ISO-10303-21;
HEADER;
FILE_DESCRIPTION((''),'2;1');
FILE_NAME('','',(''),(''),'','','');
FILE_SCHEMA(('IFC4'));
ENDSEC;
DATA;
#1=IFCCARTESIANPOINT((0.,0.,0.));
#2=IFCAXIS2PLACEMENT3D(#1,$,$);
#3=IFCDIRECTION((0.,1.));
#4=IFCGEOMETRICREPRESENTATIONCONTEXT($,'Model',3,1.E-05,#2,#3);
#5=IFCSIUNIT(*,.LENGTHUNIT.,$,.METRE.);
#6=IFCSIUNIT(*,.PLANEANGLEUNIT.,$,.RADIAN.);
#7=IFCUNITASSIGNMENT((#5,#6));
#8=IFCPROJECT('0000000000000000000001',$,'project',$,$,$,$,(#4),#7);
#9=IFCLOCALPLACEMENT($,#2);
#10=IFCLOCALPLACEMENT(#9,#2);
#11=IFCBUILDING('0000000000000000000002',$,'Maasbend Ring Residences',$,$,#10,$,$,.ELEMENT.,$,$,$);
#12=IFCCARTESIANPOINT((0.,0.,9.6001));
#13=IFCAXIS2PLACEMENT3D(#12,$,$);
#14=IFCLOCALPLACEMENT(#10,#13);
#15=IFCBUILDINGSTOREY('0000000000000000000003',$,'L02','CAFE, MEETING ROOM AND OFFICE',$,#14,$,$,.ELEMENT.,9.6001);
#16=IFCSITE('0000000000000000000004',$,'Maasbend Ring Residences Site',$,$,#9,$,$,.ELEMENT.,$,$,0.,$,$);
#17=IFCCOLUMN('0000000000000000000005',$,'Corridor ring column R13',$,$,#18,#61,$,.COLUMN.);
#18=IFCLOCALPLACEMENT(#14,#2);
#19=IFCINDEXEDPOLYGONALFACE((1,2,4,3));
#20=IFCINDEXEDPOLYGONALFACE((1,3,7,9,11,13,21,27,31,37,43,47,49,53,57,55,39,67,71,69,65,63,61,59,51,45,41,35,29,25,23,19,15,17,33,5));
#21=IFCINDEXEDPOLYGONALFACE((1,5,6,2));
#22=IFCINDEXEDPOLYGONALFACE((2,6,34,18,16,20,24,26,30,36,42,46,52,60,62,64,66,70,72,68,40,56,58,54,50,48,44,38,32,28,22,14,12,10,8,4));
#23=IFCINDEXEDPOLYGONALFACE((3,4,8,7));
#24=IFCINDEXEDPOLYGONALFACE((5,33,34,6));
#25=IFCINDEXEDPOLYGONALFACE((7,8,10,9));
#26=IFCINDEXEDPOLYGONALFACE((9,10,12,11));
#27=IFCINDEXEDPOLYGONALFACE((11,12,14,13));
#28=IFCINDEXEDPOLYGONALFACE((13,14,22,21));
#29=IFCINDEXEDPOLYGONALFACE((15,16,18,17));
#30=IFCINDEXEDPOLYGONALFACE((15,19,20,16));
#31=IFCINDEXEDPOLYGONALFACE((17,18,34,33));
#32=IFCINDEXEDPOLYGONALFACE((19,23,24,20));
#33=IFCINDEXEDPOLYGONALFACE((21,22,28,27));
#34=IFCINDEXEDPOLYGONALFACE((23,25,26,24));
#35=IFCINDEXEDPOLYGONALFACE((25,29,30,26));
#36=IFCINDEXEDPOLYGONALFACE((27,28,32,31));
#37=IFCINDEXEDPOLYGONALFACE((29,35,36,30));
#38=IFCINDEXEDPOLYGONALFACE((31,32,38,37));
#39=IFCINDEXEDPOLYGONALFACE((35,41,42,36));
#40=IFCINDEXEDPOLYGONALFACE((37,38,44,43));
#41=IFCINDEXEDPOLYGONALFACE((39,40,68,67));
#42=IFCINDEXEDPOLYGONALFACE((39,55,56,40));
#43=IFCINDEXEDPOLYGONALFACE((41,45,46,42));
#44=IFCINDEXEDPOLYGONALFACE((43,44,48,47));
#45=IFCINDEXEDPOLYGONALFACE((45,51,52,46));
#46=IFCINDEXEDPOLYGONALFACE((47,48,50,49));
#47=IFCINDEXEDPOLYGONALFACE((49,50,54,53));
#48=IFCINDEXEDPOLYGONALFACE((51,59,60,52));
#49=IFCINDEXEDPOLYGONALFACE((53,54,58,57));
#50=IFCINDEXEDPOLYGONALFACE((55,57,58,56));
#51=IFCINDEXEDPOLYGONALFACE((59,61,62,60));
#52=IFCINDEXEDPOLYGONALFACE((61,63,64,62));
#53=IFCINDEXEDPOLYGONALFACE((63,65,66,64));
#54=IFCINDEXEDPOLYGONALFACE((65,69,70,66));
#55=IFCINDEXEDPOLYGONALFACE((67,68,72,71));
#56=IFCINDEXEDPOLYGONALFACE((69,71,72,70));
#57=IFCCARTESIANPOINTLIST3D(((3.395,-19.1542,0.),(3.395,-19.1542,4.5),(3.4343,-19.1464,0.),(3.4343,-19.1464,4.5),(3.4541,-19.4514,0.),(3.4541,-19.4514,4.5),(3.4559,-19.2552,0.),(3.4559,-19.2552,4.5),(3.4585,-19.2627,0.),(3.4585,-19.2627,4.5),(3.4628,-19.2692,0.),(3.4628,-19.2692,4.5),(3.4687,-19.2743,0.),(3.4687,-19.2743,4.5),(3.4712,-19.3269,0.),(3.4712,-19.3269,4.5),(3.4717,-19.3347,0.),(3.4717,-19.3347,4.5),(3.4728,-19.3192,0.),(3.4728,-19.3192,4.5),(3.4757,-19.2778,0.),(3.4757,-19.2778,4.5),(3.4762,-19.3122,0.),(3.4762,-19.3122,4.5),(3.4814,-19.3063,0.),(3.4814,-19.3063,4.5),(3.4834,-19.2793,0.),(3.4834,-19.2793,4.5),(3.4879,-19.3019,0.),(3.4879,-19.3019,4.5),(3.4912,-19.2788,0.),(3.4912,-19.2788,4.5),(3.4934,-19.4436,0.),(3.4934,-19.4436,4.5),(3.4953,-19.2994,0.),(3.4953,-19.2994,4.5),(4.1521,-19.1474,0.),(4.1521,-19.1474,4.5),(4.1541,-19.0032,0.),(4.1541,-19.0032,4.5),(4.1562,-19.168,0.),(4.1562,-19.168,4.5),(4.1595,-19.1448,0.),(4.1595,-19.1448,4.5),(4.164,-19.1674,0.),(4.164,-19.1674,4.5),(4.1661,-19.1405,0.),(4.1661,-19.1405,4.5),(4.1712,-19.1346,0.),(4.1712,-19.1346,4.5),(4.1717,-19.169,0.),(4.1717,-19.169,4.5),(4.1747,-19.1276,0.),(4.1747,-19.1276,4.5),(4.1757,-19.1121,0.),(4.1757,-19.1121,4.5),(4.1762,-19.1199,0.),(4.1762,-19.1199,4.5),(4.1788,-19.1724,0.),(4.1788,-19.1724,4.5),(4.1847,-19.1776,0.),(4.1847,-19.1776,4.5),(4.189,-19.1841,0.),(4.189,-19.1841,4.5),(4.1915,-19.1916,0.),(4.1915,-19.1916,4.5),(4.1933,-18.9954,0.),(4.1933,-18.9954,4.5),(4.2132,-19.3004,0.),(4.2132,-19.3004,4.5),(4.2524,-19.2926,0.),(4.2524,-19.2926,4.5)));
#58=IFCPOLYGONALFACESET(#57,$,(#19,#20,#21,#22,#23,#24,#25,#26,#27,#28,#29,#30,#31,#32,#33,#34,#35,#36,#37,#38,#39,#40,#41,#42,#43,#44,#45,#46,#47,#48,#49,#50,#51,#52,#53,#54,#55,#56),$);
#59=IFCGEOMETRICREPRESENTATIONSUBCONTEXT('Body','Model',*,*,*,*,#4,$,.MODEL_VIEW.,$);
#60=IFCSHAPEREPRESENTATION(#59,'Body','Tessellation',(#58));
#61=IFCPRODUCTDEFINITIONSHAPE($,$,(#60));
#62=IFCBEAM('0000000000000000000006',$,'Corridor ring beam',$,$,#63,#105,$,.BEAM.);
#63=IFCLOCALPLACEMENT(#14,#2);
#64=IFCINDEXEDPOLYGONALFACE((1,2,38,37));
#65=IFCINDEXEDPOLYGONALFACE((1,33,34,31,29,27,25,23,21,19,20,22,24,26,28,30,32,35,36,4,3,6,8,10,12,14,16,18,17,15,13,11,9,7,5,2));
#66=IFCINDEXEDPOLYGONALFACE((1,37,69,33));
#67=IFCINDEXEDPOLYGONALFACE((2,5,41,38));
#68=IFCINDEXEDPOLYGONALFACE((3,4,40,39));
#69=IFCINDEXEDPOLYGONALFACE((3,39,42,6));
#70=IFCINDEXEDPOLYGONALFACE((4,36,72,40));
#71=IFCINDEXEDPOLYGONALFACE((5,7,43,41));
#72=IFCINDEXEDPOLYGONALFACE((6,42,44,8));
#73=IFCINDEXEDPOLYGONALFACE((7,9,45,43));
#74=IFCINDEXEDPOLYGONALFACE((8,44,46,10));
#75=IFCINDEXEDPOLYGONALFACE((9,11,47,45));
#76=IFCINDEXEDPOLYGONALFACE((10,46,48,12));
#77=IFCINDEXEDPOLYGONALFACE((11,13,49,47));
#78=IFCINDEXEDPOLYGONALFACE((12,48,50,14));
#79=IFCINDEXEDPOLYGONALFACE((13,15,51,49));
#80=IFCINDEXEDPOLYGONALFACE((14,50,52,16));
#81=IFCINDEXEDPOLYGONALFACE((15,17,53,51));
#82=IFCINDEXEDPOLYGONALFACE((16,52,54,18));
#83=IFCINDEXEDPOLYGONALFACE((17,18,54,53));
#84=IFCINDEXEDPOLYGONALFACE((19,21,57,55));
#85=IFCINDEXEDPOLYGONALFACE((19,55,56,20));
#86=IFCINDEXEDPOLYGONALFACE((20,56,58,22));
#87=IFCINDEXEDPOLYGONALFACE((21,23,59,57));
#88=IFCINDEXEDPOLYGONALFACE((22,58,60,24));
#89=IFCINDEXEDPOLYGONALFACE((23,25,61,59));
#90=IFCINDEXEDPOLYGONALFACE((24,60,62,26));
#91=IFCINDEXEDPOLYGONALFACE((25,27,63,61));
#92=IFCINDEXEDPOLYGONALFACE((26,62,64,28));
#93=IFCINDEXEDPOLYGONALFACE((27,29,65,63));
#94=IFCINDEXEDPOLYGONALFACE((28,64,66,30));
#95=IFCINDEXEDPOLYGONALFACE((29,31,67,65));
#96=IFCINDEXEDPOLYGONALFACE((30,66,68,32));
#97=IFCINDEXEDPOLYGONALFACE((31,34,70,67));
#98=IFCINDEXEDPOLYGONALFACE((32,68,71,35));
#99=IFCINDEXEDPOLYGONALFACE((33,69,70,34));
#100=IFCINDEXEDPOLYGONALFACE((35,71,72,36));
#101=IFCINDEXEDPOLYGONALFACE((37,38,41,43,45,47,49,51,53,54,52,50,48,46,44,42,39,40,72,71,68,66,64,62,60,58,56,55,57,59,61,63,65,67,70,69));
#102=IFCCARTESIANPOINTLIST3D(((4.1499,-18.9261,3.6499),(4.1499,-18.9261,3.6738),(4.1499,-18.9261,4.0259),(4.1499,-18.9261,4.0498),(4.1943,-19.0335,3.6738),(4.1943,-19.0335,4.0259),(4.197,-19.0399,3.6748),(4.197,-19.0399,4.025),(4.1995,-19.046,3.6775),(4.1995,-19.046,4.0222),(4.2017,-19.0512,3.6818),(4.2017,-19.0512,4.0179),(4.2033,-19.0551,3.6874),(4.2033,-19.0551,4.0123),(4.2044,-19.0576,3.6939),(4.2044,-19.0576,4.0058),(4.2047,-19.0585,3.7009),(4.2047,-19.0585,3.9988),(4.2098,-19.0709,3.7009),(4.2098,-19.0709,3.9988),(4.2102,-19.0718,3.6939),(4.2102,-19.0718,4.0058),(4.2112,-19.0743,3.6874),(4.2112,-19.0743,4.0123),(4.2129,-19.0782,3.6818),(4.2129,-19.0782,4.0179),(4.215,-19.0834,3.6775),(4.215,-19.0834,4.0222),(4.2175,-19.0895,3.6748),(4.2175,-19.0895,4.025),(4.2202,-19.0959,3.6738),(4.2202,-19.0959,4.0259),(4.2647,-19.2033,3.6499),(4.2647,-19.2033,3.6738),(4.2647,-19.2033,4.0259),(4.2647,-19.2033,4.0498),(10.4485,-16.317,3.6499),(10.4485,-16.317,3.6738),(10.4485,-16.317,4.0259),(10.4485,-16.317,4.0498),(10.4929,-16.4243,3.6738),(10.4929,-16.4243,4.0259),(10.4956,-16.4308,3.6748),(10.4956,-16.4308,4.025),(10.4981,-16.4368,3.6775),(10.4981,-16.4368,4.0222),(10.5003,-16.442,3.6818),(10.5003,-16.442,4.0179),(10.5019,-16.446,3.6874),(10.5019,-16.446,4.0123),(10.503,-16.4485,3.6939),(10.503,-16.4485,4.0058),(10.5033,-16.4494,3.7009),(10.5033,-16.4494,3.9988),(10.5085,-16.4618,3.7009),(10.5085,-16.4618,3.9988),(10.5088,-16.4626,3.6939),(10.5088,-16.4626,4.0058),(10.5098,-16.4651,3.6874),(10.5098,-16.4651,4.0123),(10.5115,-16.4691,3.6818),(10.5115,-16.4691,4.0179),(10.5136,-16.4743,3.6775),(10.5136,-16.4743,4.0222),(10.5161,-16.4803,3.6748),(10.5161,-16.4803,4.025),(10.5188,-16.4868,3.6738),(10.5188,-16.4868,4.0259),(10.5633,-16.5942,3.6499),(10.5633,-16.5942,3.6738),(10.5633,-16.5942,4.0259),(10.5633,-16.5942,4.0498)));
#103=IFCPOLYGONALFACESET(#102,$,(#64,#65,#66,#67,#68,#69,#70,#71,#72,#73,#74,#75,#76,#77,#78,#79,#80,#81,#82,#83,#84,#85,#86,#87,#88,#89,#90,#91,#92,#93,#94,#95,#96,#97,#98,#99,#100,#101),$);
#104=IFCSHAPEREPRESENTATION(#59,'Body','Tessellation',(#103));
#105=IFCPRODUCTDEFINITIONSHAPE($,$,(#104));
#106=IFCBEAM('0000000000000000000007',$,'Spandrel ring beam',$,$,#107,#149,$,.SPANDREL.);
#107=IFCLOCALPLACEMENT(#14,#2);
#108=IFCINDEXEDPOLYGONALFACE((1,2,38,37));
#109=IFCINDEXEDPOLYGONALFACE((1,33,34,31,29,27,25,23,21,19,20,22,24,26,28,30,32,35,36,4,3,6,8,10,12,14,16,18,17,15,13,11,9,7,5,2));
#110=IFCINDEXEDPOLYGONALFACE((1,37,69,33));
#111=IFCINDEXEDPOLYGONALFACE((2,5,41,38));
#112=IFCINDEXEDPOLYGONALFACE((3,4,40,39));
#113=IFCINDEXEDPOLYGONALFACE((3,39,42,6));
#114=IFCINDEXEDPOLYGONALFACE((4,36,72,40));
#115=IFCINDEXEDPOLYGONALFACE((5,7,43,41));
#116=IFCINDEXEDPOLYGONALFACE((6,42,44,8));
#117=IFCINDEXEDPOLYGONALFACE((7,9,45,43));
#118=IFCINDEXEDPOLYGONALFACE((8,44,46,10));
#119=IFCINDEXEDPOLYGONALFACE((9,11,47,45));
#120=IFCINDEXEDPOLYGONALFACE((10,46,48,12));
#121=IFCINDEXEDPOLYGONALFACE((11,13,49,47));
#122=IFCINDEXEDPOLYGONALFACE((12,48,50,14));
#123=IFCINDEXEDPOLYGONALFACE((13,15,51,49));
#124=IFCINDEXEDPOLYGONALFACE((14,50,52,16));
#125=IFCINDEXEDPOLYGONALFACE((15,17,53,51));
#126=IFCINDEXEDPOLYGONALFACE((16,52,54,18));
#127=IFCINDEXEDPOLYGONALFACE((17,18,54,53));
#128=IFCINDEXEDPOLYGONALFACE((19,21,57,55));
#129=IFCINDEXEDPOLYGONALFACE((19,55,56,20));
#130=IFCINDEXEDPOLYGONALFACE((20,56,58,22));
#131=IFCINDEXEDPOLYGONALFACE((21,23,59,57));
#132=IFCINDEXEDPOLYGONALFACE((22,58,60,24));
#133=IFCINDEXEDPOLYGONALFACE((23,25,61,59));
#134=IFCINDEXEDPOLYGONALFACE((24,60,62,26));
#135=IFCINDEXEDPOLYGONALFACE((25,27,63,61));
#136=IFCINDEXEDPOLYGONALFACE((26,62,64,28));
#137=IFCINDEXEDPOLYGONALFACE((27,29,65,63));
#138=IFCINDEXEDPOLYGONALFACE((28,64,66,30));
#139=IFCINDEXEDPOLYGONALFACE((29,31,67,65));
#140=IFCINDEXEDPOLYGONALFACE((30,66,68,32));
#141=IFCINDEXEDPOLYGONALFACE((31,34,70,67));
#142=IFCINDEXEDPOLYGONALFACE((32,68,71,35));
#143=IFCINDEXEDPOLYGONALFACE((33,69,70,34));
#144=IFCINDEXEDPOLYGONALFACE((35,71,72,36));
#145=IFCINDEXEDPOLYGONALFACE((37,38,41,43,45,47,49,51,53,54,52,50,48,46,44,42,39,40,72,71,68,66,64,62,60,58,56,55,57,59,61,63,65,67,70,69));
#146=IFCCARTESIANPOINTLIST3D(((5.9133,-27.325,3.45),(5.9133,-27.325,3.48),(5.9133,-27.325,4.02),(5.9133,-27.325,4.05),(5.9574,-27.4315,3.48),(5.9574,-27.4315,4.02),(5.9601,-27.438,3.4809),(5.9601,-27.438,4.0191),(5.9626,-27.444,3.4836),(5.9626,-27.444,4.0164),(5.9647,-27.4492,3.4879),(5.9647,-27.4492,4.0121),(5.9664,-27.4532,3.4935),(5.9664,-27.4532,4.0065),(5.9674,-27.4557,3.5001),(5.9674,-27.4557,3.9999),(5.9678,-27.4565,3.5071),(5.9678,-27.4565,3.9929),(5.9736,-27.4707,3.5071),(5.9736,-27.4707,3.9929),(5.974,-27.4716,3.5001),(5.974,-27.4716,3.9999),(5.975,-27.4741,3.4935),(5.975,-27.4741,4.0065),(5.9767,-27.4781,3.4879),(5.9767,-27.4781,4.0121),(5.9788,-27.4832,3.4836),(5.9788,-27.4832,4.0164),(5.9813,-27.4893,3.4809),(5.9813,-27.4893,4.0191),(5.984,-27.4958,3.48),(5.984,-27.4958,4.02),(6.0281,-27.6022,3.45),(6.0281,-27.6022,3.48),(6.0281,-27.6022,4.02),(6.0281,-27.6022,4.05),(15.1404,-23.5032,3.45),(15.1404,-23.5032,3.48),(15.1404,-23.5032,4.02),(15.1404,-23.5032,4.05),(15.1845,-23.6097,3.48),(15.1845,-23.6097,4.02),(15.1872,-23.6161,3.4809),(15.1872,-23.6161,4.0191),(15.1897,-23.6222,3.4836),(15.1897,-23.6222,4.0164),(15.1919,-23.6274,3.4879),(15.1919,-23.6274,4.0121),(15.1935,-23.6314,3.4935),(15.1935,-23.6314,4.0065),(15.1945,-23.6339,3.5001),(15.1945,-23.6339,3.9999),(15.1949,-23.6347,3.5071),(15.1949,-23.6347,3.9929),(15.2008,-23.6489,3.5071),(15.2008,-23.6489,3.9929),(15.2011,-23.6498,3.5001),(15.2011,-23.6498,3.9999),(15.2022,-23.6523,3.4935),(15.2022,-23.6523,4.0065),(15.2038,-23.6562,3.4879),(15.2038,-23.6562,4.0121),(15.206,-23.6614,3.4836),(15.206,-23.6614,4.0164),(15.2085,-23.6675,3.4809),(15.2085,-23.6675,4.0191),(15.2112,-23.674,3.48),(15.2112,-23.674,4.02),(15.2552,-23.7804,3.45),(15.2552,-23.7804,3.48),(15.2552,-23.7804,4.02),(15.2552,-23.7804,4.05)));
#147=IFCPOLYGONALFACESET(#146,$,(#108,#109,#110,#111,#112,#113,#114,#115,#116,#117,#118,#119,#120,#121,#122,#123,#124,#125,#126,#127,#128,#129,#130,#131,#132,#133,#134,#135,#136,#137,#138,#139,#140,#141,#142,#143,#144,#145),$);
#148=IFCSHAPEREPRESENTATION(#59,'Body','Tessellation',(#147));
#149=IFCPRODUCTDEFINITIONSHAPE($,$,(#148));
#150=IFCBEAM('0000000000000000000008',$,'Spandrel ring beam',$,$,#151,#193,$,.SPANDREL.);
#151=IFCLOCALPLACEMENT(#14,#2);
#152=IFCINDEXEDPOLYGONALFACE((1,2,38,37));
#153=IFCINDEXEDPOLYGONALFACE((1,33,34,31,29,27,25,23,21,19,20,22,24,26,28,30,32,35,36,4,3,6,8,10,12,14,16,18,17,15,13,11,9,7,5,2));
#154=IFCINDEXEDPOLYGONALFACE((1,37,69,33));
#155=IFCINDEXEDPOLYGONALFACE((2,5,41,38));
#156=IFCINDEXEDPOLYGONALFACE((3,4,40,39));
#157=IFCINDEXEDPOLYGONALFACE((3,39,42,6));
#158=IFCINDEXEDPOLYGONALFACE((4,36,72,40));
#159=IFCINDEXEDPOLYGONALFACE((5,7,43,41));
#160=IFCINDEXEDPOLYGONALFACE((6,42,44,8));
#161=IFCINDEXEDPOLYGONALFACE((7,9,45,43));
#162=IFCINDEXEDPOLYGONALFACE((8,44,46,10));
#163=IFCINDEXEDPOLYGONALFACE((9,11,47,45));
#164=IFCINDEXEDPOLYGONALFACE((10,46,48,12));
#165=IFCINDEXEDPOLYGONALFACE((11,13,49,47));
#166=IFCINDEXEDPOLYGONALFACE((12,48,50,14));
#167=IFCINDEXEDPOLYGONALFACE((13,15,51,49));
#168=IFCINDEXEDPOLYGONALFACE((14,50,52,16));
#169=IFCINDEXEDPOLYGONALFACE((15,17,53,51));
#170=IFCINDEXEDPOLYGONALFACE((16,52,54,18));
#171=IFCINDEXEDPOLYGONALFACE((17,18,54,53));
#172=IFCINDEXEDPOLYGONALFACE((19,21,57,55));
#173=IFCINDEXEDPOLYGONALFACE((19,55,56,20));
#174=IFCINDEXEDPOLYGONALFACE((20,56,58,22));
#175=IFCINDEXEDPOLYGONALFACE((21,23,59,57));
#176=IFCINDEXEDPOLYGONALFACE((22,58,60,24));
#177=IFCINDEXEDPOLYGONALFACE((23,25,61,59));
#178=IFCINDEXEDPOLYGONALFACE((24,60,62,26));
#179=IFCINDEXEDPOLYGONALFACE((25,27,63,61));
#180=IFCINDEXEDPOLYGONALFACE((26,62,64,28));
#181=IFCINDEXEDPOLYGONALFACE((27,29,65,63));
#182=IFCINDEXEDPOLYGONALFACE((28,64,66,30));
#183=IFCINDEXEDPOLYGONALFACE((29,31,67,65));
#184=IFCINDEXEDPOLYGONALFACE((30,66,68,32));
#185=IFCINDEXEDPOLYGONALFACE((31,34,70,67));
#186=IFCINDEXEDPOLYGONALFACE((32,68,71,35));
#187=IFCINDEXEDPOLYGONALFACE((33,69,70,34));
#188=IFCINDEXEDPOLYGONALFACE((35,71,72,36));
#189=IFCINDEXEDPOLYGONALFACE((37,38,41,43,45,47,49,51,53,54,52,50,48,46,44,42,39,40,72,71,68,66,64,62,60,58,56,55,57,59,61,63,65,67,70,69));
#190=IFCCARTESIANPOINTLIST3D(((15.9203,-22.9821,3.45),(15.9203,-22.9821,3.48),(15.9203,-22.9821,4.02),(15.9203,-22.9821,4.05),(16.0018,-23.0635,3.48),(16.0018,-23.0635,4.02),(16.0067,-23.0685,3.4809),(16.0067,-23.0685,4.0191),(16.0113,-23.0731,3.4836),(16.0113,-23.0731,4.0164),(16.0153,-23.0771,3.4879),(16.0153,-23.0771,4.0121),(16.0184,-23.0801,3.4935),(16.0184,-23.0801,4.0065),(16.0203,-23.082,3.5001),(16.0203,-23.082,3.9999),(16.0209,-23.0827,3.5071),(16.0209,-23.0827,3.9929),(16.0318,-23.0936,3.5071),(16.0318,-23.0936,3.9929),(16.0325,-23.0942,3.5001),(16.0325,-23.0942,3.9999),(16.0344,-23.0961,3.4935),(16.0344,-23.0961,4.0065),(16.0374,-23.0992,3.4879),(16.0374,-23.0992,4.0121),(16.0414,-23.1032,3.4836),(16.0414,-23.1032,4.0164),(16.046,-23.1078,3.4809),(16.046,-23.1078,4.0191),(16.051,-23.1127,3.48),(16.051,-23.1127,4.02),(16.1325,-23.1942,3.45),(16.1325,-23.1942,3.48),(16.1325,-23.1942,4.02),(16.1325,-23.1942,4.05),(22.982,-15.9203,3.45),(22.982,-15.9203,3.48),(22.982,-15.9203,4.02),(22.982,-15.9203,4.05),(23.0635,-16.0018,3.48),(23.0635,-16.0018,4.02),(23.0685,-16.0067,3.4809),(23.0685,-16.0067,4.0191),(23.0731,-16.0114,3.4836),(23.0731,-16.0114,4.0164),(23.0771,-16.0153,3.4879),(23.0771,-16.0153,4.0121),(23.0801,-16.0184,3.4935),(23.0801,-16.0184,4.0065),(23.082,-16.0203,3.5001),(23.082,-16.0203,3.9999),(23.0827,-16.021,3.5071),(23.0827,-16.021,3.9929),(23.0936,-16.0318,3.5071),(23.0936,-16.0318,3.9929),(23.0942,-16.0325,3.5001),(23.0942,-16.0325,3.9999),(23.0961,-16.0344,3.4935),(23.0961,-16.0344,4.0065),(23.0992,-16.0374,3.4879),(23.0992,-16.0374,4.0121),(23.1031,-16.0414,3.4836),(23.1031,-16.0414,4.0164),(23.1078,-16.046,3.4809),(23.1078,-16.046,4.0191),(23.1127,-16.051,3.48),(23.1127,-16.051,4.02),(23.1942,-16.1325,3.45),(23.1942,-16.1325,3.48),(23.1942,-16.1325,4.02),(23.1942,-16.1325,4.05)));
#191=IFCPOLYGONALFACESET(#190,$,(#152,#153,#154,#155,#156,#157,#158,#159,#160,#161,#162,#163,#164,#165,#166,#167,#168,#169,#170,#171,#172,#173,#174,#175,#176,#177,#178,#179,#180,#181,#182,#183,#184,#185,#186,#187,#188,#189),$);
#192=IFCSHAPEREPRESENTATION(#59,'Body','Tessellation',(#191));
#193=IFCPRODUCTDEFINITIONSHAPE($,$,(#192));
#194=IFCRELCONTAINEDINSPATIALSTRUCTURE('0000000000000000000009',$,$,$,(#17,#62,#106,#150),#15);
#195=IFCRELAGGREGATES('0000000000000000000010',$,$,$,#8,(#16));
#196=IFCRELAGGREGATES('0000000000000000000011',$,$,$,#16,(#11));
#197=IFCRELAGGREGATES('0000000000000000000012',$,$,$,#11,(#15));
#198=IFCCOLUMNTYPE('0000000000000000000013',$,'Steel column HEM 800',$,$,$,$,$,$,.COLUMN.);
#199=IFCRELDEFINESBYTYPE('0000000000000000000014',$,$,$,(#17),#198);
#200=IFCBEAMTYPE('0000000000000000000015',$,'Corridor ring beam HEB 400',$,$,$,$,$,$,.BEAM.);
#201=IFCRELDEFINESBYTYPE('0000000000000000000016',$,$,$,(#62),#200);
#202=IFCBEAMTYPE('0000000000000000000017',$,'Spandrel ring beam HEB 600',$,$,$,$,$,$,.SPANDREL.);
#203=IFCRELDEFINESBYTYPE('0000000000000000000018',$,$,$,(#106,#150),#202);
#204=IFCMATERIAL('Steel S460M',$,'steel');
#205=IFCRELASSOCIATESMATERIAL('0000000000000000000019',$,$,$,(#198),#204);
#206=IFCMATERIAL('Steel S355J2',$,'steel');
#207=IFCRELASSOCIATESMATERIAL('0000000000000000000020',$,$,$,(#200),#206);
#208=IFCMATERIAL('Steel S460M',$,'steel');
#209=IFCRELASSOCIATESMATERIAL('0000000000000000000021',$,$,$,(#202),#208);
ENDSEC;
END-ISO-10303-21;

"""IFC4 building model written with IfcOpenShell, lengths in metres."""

from ifc_helpers import new_model, si_unit, direction, frame, origin, origin_2d, place, context, subcontext, project, spatial, i_section, extrude, material, material_profile, profile_set, type_object, element, save


model = new_model("IFC4")

# Units and contexts
model_context = context("Model", 3, precision=1e-05, world=origin(), true_north=direction((0.0, 1.0)))
body_context = subcontext(model_context, "Body", "Model", "MODEL_VIEW")
ifc_project = project(units=[si_unit("LENGTHUNIT", "METRE"), si_unit("PLANEANGLEUNIT", "RADIAN")], contexts=[model_context])

# Site, building, storey
site_placement = place(None, origin())
site = spatial("IfcSite", under=ifc_project, at=site_placement, Name="Maasbend Ring Residences Site", CompositionType="ELEMENT", RefElevation=0.0)
building_placement = place(site_placement, origin())
building = spatial("IfcBuilding", under=site, at=building_placement, Name="Maasbend Ring Residences", CompositionType="ELEMENT")
storey_placement = place(building_placement, frame((0.0, 0.0, 9.6001)))
storey = spatial("IfcBuildingStorey", under=building, at=storey_placement, Name="L02", Description="CAFE, MEETING ROOM AND OFFICE", CompositionType="ELEMENT", Elevation=9.6001)

# Column
ifc_material_1 = material(Name="Steel S460M", Category="steel")
ifc_material_profile_1 = material_profile(ifc_material_1, i_section(OverallWidth=0.303, OverallDepth=0.814, WebThickness=0.021, FlangeThickness=0.04, FilletRadius=0.03, at=origin_2d()), Name="HEM 800")
ifc_profile_set_1 = profile_set([ifc_material_profile_1], Name="Steel S460M")
column_type_1 = type_object("IfcColumnType", Name="Steel column HEM 800", PredefinedType="COLUMN", material=ifc_profile_set_1)
column_placement = place(storey_placement, frame((3.8237, -19.2234, 0.0), z_axis=(0.0, 0.0, 1.0), x_axis=(0.19509, -0.980785, 0.0)))
element("IfcColumn", 1, at=column_placement, inside=storey, type_object=column_type_1, Name="Corridor ring column R13", PredefinedType="COLUMN", context=body_context, shape_type="SweptSolid", body=[
    extrude(i_section(OverallWidth=0.303, OverallDepth=0.814, WebThickness=0.021, FlangeThickness=0.04, FilletRadius=0.03, at=origin_2d()), origin(), (0.0, 0.0, 1.0), 4.5),
])

# Beams
ifc_material_2 = material(Name="Steel S355J2", Category="steel")
ifc_material_profile_2 = material_profile(ifc_material_2, i_section(OverallWidth=0.3, OverallDepth=0.3999, WebThickness=0.0134, FlangeThickness=0.0239, FilletRadius=0.0271, at=origin_2d()), Name="HEB 400")
ifc_profile_set_2 = profile_set([ifc_material_profile_2], Name="Steel S355J2")
beam_type_1 = type_object("IfcBeamType", Name="Corridor ring beam HEB 400", PredefinedType="BEAM", material=ifc_profile_set_2)
beam_1_placement = place(storey_placement, frame((4.2073, -19.0647, 3.8499), z_axis=(0.923871, 0.382705, 0.0), x_axis=(-0.382705, 0.923871, 0.0)))
element("IfcBeam", 2, at=beam_1_placement, inside=storey, type_object=beam_type_1, Name="Corridor ring beam", PredefinedType="BEAM", context=body_context, shape_type="SweptSolid", body=[
    extrude(i_section(OverallWidth=0.3, OverallDepth=0.3999, WebThickness=0.0134, FlangeThickness=0.0239, FilletRadius=0.0271, at=origin_2d()), origin(), (0.0, 0.0, 1.0), 6.8176),
])
ifc_material_3 = material(Name="Steel S460M", Category="steel")
ifc_material_profile_3 = material_profile(ifc_material_3, i_section(OverallWidth=0.3, OverallDepth=0.6001, WebThickness=0.0154, FlangeThickness=0.03, FilletRadius=0.0271, at=origin_2d()), Name="HEB 600")
ifc_profile_set_3 = profile_set([ifc_material_profile_3], Name="Steel S460M")
beam_type_2 = type_object("IfcBeamType", Name="Spandrel ring beam HEB 600", PredefinedType="SPANDREL", material=ifc_profile_set_3)
beam_2_placement = place(storey_placement, frame((5.9707, -27.4636, 3.75), z_axis=(0.923886, 0.382667, 0.0), x_axis=(-0.382667, 0.923886, 0.0)))
element("IfcBeam", 3, at=beam_2_placement, inside=storey, type_object=beam_type_2, Name="Spandrel ring beam", PredefinedType="SPANDREL", context=body_context, shape_type="SweptSolid", body=[
    extrude(i_section(OverallWidth=0.3, OverallDepth=0.6001, WebThickness=0.0154, FlangeThickness=0.03, FilletRadius=0.0271, at=origin_2d()), origin(), (0.0, 0.0, 1.0), 9.9873),
])
beam_3_placement = place(storey_placement, frame((16.0264, -23.0881, 3.75), z_axis=(0.707107, 0.707107, 0.0), x_axis=(-0.707107, 0.707107, 0.0)))
element("IfcBeam", 4, at=beam_3_placement, inside=storey, type_object=beam_type_2, Name="Spandrel ring beam", PredefinedType="SPANDREL", context=body_context, shape_type="SweptSolid", body=[
    extrude(i_section(OverallWidth=0.3, OverallDepth=0.6001, WebThickness=0.0154, FlangeThickness=0.03, FilletRadius=0.0271, at=origin_2d()), origin(), (0.0, 0.0, 1.0), 9.9868),
])

save(model, "model.ifc")
